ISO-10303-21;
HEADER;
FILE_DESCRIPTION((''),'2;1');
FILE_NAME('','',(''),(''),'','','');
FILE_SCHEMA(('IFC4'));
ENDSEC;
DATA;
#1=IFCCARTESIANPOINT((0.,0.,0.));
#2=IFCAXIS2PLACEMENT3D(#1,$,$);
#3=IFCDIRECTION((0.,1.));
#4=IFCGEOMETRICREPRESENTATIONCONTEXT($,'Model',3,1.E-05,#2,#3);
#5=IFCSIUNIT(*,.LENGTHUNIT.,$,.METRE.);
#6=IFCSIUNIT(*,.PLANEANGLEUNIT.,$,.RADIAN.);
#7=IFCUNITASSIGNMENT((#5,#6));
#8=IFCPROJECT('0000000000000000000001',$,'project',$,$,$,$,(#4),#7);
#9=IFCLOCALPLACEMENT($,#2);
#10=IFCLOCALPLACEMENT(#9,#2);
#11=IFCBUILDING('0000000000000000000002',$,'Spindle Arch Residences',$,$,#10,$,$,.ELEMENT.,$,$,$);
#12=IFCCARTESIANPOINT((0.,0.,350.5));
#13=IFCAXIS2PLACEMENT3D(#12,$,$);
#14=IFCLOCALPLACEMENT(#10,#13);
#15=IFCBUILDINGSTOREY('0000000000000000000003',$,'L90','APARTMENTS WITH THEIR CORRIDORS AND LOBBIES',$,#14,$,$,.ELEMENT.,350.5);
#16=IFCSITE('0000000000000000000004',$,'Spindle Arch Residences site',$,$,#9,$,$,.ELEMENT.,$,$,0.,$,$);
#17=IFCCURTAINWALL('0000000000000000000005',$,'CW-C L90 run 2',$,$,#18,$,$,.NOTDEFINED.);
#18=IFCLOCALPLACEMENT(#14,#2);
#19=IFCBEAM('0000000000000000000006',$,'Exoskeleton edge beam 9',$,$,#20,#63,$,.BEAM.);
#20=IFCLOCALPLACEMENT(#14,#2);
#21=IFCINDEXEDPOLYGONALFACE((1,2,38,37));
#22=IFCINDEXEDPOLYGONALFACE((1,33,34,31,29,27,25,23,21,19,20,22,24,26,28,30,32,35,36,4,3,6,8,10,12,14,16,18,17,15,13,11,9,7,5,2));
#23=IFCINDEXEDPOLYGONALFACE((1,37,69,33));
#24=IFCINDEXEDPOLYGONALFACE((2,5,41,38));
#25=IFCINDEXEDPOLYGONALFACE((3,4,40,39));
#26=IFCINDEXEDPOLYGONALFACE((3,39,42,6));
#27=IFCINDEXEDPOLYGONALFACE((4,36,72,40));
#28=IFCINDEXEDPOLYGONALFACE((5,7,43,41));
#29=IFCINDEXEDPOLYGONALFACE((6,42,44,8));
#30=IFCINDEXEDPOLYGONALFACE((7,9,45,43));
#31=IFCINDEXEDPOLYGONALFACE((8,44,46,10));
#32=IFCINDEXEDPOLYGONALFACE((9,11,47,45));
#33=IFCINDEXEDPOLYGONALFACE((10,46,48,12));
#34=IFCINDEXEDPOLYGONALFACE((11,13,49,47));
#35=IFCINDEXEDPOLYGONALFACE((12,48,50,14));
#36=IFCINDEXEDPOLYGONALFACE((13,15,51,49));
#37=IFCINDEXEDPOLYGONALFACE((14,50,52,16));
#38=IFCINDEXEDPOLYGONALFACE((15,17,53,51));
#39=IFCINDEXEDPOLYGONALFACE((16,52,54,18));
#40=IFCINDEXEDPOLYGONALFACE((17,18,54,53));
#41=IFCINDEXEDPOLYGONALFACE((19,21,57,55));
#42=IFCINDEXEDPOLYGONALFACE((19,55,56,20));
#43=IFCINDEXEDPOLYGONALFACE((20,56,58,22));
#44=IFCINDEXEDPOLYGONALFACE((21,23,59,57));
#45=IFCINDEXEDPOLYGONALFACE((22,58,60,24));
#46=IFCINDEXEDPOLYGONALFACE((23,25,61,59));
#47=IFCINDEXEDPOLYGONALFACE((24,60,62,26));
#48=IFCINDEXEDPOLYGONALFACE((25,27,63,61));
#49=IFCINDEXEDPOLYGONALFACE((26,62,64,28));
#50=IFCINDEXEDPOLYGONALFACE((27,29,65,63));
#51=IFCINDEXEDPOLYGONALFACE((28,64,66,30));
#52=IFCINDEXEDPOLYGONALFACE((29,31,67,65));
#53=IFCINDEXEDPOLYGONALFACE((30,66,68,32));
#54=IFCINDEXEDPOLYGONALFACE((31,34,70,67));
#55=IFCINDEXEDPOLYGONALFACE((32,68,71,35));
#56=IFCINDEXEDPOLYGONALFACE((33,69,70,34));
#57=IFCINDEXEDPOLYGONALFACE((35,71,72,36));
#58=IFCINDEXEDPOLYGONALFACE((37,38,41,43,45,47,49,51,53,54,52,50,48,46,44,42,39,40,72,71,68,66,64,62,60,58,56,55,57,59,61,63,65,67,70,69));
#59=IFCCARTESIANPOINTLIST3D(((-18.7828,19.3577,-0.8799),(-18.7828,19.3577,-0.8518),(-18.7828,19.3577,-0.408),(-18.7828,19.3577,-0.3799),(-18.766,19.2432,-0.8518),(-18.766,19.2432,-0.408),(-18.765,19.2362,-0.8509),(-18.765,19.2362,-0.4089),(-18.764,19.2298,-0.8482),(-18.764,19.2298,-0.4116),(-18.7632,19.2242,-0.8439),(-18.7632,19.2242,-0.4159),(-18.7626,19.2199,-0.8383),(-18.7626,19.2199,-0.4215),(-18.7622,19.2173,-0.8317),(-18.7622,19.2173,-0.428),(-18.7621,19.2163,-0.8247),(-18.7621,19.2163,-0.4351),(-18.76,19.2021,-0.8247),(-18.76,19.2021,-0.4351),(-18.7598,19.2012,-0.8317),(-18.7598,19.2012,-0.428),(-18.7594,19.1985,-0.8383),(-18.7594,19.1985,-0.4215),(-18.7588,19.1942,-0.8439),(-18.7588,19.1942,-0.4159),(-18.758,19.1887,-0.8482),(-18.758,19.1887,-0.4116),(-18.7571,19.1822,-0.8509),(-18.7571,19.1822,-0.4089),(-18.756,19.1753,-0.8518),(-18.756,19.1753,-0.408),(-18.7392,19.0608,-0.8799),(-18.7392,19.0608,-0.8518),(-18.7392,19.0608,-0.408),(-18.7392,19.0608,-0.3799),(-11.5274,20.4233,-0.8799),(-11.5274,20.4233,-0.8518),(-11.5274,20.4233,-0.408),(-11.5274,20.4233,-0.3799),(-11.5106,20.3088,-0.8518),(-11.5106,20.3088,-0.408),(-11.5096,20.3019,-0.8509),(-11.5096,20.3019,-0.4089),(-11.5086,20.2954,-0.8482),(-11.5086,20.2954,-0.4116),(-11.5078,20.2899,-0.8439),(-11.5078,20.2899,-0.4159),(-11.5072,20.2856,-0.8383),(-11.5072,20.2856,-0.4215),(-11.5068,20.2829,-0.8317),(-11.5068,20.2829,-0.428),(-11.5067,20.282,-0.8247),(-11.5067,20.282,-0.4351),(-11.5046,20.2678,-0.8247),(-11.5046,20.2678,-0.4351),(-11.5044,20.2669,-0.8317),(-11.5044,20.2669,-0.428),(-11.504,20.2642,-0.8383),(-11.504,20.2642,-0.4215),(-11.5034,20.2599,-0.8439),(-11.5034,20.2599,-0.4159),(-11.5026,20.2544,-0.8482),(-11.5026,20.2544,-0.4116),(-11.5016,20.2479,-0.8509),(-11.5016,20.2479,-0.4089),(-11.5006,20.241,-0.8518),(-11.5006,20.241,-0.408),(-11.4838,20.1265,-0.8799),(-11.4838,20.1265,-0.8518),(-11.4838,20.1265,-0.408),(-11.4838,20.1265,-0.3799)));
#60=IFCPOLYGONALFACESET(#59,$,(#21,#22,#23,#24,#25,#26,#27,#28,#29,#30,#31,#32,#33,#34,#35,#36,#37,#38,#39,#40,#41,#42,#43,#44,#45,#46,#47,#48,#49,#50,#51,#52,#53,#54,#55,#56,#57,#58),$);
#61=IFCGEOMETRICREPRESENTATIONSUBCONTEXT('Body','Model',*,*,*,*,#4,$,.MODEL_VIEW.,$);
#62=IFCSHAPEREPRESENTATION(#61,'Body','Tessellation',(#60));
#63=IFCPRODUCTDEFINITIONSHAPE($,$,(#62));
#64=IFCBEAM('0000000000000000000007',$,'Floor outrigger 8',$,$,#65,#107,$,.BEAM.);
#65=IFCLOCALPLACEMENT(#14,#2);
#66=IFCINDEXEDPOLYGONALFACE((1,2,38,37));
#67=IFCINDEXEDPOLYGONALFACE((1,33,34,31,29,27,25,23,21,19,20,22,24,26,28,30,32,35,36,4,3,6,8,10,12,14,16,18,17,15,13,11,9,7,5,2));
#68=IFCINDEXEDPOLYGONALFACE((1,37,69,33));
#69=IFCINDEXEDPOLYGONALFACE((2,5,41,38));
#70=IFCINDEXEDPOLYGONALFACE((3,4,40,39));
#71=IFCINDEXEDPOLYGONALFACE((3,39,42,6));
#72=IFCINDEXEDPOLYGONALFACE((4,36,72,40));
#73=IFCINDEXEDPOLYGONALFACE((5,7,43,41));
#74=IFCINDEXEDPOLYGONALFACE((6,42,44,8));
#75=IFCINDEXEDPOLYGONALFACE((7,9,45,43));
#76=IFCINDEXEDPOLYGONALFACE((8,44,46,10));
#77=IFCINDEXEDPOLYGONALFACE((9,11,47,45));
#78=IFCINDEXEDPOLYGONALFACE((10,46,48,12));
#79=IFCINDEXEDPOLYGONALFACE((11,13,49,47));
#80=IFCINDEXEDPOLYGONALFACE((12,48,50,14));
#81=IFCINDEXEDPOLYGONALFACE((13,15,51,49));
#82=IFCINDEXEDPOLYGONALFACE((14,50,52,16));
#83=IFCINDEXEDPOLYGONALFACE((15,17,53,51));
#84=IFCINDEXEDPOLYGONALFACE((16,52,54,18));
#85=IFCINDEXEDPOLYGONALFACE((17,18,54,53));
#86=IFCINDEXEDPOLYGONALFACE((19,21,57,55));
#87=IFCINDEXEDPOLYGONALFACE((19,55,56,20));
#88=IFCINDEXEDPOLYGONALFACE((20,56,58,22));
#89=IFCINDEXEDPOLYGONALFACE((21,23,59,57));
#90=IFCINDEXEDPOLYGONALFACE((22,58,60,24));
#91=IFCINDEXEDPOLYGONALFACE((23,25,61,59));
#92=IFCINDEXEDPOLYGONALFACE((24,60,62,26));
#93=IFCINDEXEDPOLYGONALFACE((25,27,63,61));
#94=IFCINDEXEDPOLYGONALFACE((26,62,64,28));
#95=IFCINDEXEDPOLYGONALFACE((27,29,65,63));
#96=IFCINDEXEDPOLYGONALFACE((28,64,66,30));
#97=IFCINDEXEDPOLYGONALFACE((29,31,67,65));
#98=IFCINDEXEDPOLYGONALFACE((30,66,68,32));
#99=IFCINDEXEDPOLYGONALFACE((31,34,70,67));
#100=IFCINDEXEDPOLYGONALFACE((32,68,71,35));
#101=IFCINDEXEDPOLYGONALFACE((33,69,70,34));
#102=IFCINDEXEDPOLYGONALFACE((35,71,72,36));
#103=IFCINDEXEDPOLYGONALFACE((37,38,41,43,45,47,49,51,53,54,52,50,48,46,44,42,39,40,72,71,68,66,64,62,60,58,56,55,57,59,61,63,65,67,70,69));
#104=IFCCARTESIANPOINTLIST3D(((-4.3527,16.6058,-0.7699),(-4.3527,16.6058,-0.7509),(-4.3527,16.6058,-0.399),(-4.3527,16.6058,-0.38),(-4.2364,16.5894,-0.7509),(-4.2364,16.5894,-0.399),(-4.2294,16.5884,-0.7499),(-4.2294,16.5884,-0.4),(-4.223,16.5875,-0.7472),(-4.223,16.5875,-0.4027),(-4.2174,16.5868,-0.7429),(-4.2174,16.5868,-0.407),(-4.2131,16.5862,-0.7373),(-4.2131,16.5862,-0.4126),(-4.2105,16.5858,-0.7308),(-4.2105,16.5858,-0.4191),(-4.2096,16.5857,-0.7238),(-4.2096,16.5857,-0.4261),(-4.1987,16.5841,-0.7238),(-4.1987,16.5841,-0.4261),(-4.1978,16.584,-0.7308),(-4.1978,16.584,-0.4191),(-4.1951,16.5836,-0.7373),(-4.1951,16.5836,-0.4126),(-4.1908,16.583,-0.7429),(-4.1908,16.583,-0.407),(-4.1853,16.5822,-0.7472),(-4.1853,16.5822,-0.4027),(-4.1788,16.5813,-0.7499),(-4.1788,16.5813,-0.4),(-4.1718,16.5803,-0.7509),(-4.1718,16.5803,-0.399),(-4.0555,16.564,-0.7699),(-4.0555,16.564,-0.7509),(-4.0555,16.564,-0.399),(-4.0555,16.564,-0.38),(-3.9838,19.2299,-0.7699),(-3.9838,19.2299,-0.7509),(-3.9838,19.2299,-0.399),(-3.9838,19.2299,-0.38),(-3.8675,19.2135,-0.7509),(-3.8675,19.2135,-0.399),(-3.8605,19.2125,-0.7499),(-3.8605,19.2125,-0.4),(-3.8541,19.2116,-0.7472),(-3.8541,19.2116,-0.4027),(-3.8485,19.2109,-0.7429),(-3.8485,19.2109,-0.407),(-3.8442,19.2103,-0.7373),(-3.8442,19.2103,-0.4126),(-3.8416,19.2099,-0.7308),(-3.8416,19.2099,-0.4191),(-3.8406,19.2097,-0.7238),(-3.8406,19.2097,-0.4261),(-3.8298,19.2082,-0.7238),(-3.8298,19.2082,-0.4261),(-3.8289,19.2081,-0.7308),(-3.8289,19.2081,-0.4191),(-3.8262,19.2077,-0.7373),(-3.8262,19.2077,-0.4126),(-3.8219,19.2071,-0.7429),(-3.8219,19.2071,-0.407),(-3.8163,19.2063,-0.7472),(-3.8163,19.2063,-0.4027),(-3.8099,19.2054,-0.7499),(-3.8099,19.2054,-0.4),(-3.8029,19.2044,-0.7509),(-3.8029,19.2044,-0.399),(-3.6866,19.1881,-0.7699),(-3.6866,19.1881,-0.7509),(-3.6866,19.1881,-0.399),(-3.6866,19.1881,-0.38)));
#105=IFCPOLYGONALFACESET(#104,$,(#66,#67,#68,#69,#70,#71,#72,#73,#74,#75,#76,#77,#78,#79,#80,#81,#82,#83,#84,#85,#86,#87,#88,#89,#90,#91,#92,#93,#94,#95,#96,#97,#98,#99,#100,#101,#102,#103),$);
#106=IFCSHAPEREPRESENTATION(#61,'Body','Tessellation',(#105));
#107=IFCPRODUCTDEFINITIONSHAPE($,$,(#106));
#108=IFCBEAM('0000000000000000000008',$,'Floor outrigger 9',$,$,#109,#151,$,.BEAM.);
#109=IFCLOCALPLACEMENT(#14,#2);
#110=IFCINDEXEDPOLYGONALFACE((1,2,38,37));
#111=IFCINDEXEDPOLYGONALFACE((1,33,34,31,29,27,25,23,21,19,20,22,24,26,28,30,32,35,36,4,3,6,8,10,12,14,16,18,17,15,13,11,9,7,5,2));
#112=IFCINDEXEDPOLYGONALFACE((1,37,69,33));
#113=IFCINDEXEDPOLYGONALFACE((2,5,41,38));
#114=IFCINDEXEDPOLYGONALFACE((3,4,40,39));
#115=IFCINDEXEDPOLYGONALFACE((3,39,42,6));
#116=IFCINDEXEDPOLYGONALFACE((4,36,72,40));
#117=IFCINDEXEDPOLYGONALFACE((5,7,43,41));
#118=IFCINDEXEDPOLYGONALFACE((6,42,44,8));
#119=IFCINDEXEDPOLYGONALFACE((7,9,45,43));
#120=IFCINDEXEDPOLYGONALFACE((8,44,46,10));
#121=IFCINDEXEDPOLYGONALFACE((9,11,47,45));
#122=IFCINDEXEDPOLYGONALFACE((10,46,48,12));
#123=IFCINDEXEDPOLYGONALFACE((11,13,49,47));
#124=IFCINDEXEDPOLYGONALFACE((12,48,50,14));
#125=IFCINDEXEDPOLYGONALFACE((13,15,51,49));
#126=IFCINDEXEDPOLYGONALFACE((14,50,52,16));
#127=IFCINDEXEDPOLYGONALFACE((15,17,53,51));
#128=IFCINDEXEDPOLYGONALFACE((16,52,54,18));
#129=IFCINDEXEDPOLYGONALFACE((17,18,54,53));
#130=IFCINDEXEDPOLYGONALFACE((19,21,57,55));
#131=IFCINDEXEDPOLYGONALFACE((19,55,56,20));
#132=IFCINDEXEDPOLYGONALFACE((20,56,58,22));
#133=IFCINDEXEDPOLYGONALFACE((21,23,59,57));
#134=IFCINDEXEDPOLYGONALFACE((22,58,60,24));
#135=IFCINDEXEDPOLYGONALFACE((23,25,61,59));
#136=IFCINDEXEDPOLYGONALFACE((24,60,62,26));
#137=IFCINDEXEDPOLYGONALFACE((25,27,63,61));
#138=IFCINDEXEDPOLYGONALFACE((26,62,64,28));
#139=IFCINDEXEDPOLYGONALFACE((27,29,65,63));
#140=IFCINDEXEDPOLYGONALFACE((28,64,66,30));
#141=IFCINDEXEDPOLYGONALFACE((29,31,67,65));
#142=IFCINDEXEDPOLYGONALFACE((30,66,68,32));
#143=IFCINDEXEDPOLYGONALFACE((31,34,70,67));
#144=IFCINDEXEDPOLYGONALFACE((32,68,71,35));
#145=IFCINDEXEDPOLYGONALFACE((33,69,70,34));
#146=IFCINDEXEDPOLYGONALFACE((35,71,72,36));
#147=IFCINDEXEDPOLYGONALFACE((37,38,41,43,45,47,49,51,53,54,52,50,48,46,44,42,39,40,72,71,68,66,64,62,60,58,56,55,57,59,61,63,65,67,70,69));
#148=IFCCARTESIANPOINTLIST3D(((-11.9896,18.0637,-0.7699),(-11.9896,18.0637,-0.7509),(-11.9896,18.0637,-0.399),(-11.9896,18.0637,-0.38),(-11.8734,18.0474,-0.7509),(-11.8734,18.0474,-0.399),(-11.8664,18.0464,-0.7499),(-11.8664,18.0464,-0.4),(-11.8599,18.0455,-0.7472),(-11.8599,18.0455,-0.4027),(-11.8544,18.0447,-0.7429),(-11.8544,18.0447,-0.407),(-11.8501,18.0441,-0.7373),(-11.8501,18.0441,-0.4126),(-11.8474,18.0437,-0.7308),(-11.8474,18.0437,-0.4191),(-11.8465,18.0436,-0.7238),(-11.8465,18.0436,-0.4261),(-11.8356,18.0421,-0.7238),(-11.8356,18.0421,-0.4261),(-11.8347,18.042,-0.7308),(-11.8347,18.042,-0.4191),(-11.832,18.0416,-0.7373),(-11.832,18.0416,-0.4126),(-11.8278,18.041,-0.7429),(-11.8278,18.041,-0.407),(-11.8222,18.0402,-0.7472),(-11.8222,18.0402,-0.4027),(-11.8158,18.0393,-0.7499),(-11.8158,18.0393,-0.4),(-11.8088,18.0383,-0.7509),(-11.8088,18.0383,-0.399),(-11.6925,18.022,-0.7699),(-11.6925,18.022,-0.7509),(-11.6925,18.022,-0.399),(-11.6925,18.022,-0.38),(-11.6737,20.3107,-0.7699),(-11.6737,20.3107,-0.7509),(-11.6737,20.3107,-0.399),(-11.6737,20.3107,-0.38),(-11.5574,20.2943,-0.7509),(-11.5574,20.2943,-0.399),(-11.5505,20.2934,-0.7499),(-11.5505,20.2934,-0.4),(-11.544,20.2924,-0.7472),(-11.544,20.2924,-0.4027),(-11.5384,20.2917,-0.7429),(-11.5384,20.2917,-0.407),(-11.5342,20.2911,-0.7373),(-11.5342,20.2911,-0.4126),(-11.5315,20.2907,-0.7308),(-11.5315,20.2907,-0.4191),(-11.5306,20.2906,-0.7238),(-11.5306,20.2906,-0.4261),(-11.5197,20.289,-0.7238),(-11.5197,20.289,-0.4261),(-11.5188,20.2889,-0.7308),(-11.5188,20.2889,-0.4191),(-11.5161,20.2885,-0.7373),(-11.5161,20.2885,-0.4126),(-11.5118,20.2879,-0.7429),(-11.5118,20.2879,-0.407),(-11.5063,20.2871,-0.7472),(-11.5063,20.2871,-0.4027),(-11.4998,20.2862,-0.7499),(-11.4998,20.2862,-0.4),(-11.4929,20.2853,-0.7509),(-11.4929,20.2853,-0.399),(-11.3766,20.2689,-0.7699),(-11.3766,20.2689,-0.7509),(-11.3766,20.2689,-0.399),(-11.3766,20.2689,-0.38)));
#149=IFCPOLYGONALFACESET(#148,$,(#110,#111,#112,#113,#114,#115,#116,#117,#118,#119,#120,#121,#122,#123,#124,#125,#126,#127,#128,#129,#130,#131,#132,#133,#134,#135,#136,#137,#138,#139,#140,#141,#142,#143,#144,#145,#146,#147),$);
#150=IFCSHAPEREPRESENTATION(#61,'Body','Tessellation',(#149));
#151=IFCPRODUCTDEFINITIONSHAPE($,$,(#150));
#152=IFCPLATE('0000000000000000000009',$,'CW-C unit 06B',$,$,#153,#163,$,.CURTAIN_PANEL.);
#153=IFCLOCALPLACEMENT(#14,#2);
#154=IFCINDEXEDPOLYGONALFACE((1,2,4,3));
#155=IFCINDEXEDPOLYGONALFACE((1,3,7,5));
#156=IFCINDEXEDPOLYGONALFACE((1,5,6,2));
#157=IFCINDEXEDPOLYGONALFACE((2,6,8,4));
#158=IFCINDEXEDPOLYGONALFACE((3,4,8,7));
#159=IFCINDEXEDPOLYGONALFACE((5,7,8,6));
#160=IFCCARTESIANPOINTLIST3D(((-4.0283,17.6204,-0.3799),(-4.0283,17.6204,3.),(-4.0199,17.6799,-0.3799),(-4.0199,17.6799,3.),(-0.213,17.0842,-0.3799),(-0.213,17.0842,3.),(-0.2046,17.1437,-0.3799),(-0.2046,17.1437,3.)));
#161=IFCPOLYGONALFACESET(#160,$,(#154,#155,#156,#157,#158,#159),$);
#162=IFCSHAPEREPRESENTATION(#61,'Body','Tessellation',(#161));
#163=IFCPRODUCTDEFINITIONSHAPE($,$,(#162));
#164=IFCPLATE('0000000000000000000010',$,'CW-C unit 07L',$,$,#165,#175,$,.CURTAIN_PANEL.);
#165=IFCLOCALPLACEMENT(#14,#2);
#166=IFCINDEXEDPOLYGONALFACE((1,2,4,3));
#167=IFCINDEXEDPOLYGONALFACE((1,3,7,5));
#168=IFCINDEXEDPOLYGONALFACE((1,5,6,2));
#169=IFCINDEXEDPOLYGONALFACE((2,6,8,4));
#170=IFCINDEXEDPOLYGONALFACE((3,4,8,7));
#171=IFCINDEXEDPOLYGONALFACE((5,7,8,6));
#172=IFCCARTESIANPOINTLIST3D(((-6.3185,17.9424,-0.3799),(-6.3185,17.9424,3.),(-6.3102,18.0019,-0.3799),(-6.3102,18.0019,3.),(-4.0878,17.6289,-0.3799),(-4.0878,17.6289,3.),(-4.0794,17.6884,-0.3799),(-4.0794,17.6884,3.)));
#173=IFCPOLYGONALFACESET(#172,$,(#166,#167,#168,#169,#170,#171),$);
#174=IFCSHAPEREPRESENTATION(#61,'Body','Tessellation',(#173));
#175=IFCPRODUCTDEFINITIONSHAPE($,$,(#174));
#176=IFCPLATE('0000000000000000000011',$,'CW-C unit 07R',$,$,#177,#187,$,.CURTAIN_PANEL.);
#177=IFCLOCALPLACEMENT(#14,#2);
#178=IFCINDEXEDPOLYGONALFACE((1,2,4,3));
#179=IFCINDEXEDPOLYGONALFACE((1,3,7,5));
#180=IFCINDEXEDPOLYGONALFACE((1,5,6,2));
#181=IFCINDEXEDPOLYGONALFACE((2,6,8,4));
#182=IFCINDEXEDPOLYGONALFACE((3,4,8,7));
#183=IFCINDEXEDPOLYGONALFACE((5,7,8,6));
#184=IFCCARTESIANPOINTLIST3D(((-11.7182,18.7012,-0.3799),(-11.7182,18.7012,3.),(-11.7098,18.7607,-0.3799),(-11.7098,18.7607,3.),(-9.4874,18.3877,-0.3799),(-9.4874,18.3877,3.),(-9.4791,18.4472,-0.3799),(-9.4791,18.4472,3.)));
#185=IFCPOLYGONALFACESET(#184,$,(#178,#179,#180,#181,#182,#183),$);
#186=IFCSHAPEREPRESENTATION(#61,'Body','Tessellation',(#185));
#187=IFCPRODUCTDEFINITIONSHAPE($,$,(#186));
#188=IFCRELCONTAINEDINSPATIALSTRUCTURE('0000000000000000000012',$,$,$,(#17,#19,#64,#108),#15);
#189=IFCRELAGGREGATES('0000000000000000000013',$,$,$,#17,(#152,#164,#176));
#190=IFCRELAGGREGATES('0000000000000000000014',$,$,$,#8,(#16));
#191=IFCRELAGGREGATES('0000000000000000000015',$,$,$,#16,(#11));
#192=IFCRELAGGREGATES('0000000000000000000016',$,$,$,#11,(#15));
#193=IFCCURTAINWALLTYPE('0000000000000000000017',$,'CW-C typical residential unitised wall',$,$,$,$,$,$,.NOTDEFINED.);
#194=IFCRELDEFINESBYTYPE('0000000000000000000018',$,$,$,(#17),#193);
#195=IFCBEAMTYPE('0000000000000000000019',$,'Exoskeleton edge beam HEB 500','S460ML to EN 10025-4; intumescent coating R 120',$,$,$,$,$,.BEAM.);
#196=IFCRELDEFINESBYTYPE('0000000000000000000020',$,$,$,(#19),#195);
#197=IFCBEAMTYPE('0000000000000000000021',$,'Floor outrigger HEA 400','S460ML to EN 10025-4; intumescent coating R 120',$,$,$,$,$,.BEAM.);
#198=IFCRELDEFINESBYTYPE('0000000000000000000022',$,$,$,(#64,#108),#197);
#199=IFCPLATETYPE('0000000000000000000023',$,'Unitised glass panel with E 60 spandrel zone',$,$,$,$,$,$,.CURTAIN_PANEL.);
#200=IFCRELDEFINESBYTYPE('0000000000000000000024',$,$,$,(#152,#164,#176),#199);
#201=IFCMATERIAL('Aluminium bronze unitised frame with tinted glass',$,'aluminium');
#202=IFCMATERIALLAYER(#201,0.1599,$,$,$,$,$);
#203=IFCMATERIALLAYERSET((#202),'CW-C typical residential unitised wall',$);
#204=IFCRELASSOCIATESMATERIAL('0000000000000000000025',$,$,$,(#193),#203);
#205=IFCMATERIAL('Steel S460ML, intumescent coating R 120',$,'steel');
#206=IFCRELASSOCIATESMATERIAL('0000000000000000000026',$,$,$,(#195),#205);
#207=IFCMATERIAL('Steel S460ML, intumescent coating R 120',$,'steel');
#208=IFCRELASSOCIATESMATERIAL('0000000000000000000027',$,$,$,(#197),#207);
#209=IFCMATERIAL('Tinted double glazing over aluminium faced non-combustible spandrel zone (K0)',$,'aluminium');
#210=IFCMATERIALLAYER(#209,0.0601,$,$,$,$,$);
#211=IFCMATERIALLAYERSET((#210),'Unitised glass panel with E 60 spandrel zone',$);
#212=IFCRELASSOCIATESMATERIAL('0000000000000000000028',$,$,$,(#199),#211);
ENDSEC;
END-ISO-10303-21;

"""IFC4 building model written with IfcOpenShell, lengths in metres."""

from ifc_helpers import new_model, si_unit, direction, frame, origin, origin_2d, place, context, subcontext, project, spatial, rectangle, i_section, extrude, material, layer, layer_set, material_profile, profile_set, type_object, element, aggregate, save


model = new_model("IFC4")

# Units and contexts
model_context = context("Model", 3, precision=1e-05, world=origin(), true_north=direction((0.0, 1.0)))
body_context = subcontext(model_context, "Body", "Model", "MODEL_VIEW")
ifc_project = project(units=[si_unit("LENGTHUNIT", "METRE"), si_unit("PLANEANGLEUNIT", "RADIAN")], contexts=[model_context])

# Site, building, storey
site_placement = place(None, origin())
site = spatial("IfcSite", under=ifc_project, at=site_placement, Name="Spindle Arch Residences site", CompositionType="ELEMENT", RefElevation=0.0)
building_placement = place(site_placement, origin())
building = spatial("IfcBuilding", under=site, at=building_placement, Name="Spindle Arch Residences", CompositionType="ELEMENT")
storey_placement = place(building_placement, frame((0.0, 0.0, 350.5)))
storey = spatial("IfcBuildingStorey", under=building, at=storey_placement, Name="L90", Description="APARTMENTS WITH THEIR CORRIDORS AND LOBBIES", CompositionType="ELEMENT", Elevation=350.5)

# Curtain wall
ifc_material_1 = material(Name="Aluminium bronze unitised frame with tinted glass", Category="aluminium")
ifc_layer_1 = layer(ifc_material_1, 0.1599)
ifc_layer_set_1 = layer_set([ifc_layer_1], Name="CW-C typical residential unitised wall")
curtain_wall_type_1 = type_object("IfcCurtainWallType", Name="CW-C typical residential unitised wall", PredefinedType="NOTDEFINED", material=ifc_layer_set_1)
curtain_wall_1_placement = place(storey_placement, origin())
curtain_wall_1 = element("IfcCurtainWall", 1, at=curtain_wall_1_placement, inside=storey, type_object=curtain_wall_type_1, Name="CW-C L90 run 2", PredefinedType="NOTDEFINED")

# Beams
ifc_material_2 = material(Name="Steel S460ML, intumescent coating R 120", Category="steel")
ifc_material_profile_1 = material_profile(ifc_material_2, i_section(OverallWidth=0.3, OverallDepth=0.5, WebThickness=0.0144, FlangeThickness=0.0281, FilletRadius=0.0271, at=origin_2d()), Name="HEB 500")
ifc_profile_set_1 = profile_set([ifc_material_profile_1], Name="Steel S460ML, intumescent coating R 120")
beam_type_1 = type_object("IfcBeamType", Name="Exoskeleton edge beam HEB 500", Description="S460ML to EN 10025-4; intumescent coating R 120", PredefinedType="BEAM", material=ifc_profile_set_1)
beam_1_placement = place(storey_placement, frame((-11.5056, 20.2749, -0.6299), z_axis=(-0.989384, -0.145321, 0.0), x_axis=(0.145321, -0.989384, 0.0)))
element("IfcBeam", 2, at=beam_1_placement, inside=storey, type_object=beam_type_1, Name="Exoskeleton edge beam 9", PredefinedType="BEAM", context=body_context, shape_type="SweptSolid", body=[
    extrude(i_section(OverallWidth=0.3, OverallDepth=0.5, WebThickness=0.0144, FlangeThickness=0.0281, FilletRadius=0.0271, at=origin_2d()), origin(), (0.0, 0.0, 1.0), 7.3333),
])
ifc_material_3 = material(Name="Steel S460ML, intumescent coating R 120", Category="steel")
ifc_material_profile_2 = material_profile(ifc_material_3, i_section(OverallWidth=0.3, OverallDepth=0.3899, WebThickness=0.011, FlangeThickness=0.019, FilletRadius=0.0271, at=origin_2d()), Name="HEA 400")
ifc_profile_set_2 = profile_set([ifc_material_profile_2], Name="Steel S460ML, intumescent coating R 120")
beam_type_2 = type_object("IfcBeamType", Name="Floor outrigger HEA 400", Description="S460ML to EN 10025-4; intumescent coating R 120", PredefinedType="BEAM", material=ifc_profile_set_2)
beam_2_placement = place(storey_placement, frame((-3.8352, 19.209, -0.575), z_axis=(-0.139215, -0.990262, 0.0), x_axis=(0.990262, -0.139215, 0.0)))
element("IfcBeam", 3, at=beam_2_placement, inside=storey, type_object=beam_type_2, Name="Floor outrigger 8", PredefinedType="BEAM", context=body_context, shape_type="SweptSolid", body=[
    extrude(i_section(OverallWidth=0.3, OverallDepth=0.3899, WebThickness=0.011, FlangeThickness=0.019, FilletRadius=0.0271, at=origin_2d()), origin(), (0.0, 0.0, 1.0), 2.6499),
])
beam_3_placement = place(storey_placement, frame((-11.5251, 20.2898, -0.575), z_axis=(-0.139237, -0.990259, 0.0), x_axis=(0.990259, -0.139237, 0.0)))
element("IfcBeam", 4, at=beam_3_placement, inside=storey, type_object=beam_type_2, Name="Floor outrigger 9", PredefinedType="BEAM", context=body_context, shape_type="SweptSolid", body=[
    extrude(i_section(OverallWidth=0.3, OverallDepth=0.3899, WebThickness=0.011, FlangeThickness=0.019, FilletRadius=0.0271, at=origin_2d()), origin(), (0.0, 0.0, 1.0), 2.269),
])

# Plates
ifc_material_4 = material(Name="Tinted double glazing over aluminium faced non-combustible spandrel zone (K0)", Category="aluminium")
ifc_layer_2 = layer(ifc_material_4, 0.0601)
ifc_layer_set_2 = layer_set([ifc_layer_2], Name="Unitised glass panel with E 60 spandrel zone")
plate_type = type_object("IfcPlateType", Name="Unitised glass panel with E 60 spandrel zone", PredefinedType="CURTAIN_PANEL", material=ifc_layer_set_2)
plate_1_placement = place(storey_placement, frame((-2.1165, 17.3821, -0.3799), z_axis=(0.0, 0.0, 1.0), x_axis=(-0.990268, 0.139173, 0.0)))
plate_1 = element("IfcPlate", 5, at=plate_1_placement, type_object=plate_type, Name="CW-C unit 06B", PredefinedType="CURTAIN_PANEL", context=body_context, shape_type="SweptSolid", body=[
    extrude(rectangle(XDim=3.8528, YDim=0.0601, at=origin_2d()), origin(), (0.0, 0.0, 1.0), 3.3799),
])
plate_2_placement = place(storey_placement, frame((-5.199, 17.8154, -0.3799), z_axis=(0.0, 0.0, 1.0), x_axis=(-0.990268, 0.139173, 0.0)))
plate_2 = element("IfcPlate", 6, at=plate_2_placement, type_object=plate_type, Name="CW-C unit 07L", PredefinedType="CURTAIN_PANEL", context=body_context, shape_type="SweptSolid", body=[
    extrude(rectangle(XDim=2.2527, YDim=0.0601, at=origin_2d()), origin(), (0.0, 0.0, 1.0), 3.3799),
])
plate_3_placement = place(storey_placement, frame((-10.5986, 18.5742, -0.3799), z_axis=(0.0, 0.0, 1.0), x_axis=(-0.990268, 0.139173, 0.0)))
plate_3 = element("IfcPlate", 7, at=plate_3_placement, type_object=plate_type, Name="CW-C unit 07R", PredefinedType="CURTAIN_PANEL", context=body_context, shape_type="SweptSolid", body=[
    extrude(rectangle(XDim=2.2527, YDim=0.0601, at=origin_2d()), origin(), (0.0, 0.0, 1.0), 3.3799),
])
aggregate(curtain_wall_1, [plate_1, plate_2, plate_3])

save(model, "model.ifc")
